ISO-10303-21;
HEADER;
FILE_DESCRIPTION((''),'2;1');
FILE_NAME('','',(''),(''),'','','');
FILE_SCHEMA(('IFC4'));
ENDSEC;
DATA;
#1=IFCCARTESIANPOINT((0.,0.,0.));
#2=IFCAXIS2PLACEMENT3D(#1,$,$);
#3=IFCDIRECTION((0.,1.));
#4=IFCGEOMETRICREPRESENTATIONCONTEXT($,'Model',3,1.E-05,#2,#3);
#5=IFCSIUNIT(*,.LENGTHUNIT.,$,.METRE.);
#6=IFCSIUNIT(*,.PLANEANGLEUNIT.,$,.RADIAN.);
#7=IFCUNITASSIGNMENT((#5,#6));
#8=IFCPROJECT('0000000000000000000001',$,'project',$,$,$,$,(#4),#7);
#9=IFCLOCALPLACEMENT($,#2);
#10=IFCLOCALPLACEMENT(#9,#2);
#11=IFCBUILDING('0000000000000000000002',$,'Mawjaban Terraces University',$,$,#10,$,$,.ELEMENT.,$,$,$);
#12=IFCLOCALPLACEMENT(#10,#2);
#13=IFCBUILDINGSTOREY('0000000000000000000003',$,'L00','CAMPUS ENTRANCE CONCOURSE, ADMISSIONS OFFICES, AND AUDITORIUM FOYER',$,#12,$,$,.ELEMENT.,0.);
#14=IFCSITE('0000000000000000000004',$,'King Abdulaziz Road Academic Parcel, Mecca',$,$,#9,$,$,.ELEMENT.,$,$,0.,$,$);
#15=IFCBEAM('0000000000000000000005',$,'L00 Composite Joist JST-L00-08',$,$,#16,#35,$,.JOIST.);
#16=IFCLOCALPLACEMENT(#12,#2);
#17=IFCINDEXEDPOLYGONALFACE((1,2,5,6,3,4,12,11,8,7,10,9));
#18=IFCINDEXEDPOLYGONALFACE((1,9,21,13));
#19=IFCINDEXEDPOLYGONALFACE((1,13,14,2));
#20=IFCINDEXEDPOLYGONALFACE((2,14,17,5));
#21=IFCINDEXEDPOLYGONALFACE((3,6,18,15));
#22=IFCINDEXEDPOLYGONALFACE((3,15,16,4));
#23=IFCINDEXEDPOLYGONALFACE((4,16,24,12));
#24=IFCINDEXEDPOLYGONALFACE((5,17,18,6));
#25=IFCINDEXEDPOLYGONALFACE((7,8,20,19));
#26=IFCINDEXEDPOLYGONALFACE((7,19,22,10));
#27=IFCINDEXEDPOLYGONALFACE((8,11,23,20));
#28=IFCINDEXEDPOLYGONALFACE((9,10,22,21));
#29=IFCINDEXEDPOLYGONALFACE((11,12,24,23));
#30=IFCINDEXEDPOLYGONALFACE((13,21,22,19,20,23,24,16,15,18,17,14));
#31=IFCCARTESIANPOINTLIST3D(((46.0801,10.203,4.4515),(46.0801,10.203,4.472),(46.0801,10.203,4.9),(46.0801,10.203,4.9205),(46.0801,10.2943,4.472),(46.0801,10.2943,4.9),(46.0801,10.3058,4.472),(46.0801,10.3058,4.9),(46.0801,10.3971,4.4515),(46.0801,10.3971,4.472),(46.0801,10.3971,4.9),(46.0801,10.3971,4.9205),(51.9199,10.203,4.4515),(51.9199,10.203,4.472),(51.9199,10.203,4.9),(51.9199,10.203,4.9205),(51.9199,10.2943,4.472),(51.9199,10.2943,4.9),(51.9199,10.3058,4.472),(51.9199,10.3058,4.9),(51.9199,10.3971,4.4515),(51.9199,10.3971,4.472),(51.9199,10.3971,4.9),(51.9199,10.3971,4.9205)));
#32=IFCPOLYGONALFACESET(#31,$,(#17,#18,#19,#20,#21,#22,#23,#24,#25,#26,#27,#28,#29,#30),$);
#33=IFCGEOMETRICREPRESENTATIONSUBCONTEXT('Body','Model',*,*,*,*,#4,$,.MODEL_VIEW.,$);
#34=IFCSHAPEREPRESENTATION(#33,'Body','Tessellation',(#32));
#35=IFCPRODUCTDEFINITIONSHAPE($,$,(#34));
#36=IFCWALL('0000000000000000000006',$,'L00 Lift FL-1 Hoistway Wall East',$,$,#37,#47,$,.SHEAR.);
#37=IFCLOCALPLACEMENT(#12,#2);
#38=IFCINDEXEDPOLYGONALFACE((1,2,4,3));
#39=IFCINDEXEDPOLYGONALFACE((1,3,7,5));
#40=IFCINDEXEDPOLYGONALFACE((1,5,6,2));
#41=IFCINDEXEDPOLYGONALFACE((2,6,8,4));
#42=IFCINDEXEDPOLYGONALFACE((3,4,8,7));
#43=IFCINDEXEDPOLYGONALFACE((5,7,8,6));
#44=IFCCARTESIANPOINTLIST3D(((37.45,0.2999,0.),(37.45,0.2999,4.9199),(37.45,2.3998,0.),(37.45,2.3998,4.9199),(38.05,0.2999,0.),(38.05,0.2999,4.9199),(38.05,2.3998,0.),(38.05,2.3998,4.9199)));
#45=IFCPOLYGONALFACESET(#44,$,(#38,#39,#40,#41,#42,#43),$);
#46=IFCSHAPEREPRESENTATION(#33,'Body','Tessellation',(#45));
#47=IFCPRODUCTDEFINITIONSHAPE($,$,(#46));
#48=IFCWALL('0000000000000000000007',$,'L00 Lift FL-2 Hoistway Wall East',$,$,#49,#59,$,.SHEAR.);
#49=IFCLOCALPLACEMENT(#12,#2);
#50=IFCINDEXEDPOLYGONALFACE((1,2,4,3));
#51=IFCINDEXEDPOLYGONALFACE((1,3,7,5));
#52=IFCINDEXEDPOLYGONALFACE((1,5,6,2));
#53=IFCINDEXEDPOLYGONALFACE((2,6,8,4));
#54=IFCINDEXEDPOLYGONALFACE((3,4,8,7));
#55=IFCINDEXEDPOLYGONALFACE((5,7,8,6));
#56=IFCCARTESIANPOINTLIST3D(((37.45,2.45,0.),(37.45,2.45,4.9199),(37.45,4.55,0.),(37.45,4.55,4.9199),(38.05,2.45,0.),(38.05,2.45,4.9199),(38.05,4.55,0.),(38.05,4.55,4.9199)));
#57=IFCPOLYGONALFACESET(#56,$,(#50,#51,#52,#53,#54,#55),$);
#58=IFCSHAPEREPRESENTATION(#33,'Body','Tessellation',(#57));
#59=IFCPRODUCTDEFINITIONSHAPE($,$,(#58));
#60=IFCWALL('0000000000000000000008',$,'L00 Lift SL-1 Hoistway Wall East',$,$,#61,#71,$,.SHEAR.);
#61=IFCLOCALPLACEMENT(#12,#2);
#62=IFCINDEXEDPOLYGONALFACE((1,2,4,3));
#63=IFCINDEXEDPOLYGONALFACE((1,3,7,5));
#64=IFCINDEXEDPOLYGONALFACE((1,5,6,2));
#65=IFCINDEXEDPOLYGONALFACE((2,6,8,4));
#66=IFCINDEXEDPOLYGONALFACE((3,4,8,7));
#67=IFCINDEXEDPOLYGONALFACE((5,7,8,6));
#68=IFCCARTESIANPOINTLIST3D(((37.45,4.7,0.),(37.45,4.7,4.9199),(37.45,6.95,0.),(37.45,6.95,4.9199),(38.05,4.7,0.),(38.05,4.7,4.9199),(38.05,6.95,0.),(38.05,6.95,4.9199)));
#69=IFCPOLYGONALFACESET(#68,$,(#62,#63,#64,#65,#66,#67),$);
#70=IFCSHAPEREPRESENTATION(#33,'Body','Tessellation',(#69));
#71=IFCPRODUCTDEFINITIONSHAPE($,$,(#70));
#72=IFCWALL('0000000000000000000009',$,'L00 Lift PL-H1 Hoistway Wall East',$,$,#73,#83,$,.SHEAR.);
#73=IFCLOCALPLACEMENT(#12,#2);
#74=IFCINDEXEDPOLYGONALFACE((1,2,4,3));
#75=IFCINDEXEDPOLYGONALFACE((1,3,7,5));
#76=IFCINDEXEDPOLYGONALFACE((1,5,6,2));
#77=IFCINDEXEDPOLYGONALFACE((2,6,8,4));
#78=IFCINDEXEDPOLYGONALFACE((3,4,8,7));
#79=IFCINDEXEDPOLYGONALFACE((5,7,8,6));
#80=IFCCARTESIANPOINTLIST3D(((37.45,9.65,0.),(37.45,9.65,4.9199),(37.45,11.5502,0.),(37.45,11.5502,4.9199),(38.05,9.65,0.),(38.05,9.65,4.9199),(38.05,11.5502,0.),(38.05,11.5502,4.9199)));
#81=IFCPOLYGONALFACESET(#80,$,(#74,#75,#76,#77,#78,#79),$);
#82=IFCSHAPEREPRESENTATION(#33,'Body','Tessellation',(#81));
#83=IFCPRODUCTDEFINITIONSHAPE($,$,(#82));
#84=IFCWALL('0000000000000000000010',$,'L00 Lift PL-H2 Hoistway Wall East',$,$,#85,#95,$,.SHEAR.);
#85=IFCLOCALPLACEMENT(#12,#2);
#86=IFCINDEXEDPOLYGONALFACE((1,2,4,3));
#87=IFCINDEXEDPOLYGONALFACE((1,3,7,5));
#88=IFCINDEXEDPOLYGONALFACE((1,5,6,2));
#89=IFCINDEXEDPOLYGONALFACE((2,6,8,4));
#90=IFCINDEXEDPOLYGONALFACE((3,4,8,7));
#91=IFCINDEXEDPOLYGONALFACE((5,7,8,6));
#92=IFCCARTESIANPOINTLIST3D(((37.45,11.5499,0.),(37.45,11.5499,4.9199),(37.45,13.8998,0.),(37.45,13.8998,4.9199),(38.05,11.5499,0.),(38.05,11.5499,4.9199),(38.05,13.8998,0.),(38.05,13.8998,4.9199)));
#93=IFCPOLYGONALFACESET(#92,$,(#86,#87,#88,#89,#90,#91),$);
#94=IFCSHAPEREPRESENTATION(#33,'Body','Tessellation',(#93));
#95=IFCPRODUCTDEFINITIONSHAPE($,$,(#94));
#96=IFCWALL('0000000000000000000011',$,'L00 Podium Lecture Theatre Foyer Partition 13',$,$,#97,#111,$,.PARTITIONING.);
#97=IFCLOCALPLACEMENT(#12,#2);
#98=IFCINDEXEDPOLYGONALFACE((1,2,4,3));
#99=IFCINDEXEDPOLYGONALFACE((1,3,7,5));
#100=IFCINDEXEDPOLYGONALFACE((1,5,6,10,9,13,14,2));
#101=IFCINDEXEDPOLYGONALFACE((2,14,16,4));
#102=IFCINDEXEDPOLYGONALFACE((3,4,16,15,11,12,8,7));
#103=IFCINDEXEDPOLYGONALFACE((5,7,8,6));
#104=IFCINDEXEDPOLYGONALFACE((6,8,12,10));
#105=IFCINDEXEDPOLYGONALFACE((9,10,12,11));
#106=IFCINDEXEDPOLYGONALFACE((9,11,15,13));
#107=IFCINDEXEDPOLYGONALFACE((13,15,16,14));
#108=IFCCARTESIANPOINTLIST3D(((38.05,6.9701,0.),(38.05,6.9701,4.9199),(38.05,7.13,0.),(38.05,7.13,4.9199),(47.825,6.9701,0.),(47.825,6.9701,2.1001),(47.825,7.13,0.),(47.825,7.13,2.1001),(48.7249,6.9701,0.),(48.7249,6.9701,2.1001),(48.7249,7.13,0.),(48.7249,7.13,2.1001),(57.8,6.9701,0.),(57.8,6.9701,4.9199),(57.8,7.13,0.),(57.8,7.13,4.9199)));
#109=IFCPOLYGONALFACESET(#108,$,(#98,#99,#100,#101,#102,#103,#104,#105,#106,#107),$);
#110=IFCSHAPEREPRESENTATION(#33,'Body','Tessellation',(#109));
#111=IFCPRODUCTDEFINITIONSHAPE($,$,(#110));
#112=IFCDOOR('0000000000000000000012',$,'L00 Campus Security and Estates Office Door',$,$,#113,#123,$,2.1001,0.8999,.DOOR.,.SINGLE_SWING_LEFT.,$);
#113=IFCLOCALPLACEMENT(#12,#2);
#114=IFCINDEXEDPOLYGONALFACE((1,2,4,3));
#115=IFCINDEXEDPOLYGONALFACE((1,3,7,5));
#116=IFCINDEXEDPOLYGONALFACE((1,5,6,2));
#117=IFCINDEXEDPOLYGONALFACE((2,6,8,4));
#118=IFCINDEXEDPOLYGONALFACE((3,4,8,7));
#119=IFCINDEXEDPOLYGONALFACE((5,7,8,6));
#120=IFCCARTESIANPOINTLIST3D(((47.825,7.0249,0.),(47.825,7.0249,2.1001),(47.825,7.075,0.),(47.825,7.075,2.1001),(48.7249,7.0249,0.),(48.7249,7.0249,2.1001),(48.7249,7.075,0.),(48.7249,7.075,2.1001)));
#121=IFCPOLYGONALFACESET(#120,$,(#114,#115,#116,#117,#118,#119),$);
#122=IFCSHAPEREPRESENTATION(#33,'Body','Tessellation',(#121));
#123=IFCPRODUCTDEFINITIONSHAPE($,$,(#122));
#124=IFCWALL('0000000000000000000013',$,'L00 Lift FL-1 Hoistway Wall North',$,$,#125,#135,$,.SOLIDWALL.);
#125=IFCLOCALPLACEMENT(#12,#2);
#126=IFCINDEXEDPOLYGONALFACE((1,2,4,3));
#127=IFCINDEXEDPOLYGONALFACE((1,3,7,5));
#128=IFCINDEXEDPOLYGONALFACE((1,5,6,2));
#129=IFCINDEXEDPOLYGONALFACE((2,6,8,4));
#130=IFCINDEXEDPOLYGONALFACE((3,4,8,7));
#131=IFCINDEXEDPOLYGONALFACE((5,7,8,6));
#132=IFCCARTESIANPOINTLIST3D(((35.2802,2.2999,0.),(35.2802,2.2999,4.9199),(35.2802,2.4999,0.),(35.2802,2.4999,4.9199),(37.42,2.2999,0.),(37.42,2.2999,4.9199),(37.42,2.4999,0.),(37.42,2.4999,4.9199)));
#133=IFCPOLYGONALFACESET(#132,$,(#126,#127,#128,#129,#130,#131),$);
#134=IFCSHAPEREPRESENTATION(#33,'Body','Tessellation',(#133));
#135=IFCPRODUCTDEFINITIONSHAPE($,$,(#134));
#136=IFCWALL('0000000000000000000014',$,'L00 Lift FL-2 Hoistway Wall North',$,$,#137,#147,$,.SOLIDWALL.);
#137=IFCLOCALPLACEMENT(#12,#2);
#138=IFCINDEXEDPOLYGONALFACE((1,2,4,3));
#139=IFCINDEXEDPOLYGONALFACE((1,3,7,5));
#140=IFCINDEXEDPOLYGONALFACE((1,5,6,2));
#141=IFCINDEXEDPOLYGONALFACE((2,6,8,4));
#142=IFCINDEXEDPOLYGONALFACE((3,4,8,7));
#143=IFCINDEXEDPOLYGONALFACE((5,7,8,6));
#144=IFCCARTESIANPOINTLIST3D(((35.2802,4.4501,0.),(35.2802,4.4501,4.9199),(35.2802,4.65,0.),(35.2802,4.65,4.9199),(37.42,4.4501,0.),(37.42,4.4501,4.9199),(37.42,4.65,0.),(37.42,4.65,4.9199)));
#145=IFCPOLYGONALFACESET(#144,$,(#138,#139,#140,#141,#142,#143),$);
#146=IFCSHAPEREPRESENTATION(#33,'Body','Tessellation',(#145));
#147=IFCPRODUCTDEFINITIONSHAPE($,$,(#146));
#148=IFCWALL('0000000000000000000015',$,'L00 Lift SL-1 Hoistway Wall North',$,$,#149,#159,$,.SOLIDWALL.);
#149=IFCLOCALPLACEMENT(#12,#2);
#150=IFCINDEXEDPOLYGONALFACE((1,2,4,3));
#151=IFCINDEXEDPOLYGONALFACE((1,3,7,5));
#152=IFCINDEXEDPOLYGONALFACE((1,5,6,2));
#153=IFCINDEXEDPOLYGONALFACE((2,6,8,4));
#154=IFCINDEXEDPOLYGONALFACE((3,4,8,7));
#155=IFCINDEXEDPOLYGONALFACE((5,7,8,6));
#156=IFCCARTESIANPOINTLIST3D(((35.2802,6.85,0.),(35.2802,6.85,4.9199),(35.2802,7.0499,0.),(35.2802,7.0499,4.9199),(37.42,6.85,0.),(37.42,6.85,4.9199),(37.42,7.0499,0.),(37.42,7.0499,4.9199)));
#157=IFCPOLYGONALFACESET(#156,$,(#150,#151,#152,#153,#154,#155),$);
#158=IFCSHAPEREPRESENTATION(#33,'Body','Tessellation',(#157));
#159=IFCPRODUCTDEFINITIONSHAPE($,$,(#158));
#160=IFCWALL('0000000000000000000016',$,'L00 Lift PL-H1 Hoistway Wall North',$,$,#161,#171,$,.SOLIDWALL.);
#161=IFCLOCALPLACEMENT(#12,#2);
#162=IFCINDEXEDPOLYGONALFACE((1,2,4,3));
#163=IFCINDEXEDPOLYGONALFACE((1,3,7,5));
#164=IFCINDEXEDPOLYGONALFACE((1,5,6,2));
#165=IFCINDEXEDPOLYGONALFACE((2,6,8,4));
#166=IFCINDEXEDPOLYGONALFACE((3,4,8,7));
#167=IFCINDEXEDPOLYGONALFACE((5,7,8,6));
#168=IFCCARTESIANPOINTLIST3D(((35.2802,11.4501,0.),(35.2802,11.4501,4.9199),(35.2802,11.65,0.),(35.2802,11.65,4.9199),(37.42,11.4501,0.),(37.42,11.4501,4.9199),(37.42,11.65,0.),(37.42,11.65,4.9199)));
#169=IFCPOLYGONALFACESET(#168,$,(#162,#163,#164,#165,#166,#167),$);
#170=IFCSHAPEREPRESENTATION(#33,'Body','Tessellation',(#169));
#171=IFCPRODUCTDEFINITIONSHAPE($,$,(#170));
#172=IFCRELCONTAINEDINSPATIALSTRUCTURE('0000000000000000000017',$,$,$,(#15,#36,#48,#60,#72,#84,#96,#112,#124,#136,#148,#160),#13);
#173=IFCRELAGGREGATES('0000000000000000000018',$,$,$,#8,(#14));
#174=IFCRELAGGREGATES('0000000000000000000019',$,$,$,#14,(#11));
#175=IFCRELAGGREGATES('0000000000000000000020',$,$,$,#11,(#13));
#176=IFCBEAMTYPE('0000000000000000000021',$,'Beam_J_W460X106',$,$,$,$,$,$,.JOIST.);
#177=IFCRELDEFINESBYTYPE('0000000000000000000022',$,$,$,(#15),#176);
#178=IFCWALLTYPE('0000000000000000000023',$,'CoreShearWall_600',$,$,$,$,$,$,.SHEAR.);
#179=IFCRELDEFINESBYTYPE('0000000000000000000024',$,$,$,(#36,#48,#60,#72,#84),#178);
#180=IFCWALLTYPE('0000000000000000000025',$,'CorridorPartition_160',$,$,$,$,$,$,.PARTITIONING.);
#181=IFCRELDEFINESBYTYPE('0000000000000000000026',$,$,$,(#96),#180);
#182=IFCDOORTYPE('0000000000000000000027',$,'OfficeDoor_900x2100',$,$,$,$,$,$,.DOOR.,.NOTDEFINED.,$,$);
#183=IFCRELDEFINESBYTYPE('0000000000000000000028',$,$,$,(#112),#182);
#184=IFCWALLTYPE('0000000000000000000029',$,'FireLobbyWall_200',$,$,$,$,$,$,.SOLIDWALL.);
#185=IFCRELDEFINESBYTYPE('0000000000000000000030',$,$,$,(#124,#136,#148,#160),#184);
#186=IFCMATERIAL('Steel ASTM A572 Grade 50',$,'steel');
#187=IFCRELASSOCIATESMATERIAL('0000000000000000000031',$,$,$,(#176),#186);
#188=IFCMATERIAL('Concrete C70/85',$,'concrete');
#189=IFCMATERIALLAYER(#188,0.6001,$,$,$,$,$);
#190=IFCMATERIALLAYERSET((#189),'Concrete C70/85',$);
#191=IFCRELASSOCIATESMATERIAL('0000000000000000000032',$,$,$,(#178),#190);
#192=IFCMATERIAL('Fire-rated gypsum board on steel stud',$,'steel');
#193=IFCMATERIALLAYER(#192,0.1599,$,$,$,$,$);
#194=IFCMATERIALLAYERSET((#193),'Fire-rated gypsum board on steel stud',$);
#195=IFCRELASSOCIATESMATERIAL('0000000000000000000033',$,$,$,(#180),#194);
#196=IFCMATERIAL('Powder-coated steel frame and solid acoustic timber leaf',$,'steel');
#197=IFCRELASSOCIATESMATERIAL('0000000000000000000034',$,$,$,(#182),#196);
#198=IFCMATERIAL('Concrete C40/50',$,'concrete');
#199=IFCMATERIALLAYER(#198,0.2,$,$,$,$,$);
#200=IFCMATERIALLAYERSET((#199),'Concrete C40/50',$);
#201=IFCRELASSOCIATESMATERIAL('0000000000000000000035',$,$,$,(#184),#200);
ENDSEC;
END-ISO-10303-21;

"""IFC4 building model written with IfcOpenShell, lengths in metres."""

from ifc_helpers import new_model, si_unit, direction, frame, frame_2d, origin, origin_2d, place, context, subcontext, project, spatial, rectangle, i_section, extrude, material, layer, layer_set, material_profile, profile_set, type_object, element, fill, save


model = new_model("IFC4")

# Units and contexts
model_context = context("Model", 3, precision=1e-05, world=origin(), true_north=direction((0.0, 1.0)))
body_context = subcontext(model_context, "Body", "Model", "MODEL_VIEW")
ifc_project = project(units=[si_unit("LENGTHUNIT", "METRE"), si_unit("PLANEANGLEUNIT", "RADIAN")], contexts=[model_context])

# Site, building, storey
site_placement = place(None, origin())
site = spatial("IfcSite", under=ifc_project, at=site_placement, Name="King Abdulaziz Road Academic Parcel, Mecca", CompositionType="ELEMENT", RefElevation=0.0)
building_placement = place(site_placement, origin())
building = spatial("IfcBuilding", under=site, at=building_placement, Name="Mawjaban Terraces University", CompositionType="ELEMENT")
storey_placement = place(building_placement, origin())
storey = spatial("IfcBuildingStorey", under=building, at=storey_placement, Name="L00", Description="CAMPUS ENTRANCE CONCOURSE, ADMISSIONS OFFICES, AND AUDITORIUM FOYER", CompositionType="ELEMENT", Elevation=0.0)

# Shared definitions
ifc_material_1 = material(Name="Concrete C70/85", Category="concrete")

# Beam
ifc_material_2 = material(Name="Steel ASTM A572 Grade 50", Category="steel")
ifc_material_profile_1 = material_profile(ifc_material_2, i_section(OverallWidth=0.1941, OverallDepth=0.469, WebThickness=0.0115, FlangeThickness=0.0205, at=origin_2d()), Name="W460X106")
ifc_profile_set_1 = profile_set([ifc_material_profile_1], Name="Steel ASTM A572 Grade 50")
beam_type_1 = type_object("IfcBeamType", Name="Beam_J_W460X106", PredefinedType="JOIST", material=ifc_profile_set_1)
beam_1_placement = place(storey_placement, frame((46.0801, 10.3, 4.686), z_axis=(1.0, 0.0, 0.0), x_axis=(0.0, 1.0, 0.0)))
element("IfcBeam", 1, at=beam_1_placement, inside=storey, type_object=beam_type_1, Name="L00 Composite Joist JST-L00-08", PredefinedType="JOIST", context=body_context, shape_type="SweptSolid", body=[
    extrude(i_section(OverallWidth=0.1941, OverallDepth=0.469, WebThickness=0.0115, FlangeThickness=0.0205, at=origin_2d()), origin(), (0.0, 0.0, 1.0), 5.8398),
])

# Walls
ifc_layer_1 = layer(ifc_material_1, 0.6001)
ifc_layer_set_1 = layer_set([ifc_layer_1], Name="Concrete C70/85")
wall_type_1 = type_object("IfcWallType", Name="CoreShearWall_600", PredefinedType="SHEAR", material=ifc_layer_set_1)
wall_1_placement = place(storey_placement, frame((37.75, 0.3, 0.0), z_axis=(0.0, 0.0, 1.0), x_axis=(0.0, 1.0, 0.0)))
element("IfcWall", 2, at=wall_1_placement, inside=storey, type_object=wall_type_1, Name="L00 Lift FL-1 Hoistway Wall East", PredefinedType="SHEAR", context=body_context, shape_type="SweptSolid", body=[
    extrude(rectangle(XDim=2.0999, YDim=0.6001, at=frame_2d((1.0498, 0.0))), origin(), (0.0, 0.0, 1.0), 4.9199),
])
wall_2_placement = place(storey_placement, frame((37.75, 2.45, 0.0), z_axis=(0.0, 0.0, 1.0), x_axis=(0.0, 1.0, 0.0)))
element("IfcWall", 3, at=wall_2_placement, inside=storey, type_object=wall_type_1, Name="L00 Lift FL-2 Hoistway Wall East", PredefinedType="SHEAR", context=body_context, shape_type="SweptSolid", body=[
    extrude(rectangle(XDim=2.1001, YDim=0.6001, at=frame_2d((1.05, 0.0))), origin(), (0.0, 0.0, 1.0), 4.9199),
])
wall_3_placement = place(storey_placement, frame((37.75, 4.7, 0.0), z_axis=(0.0, 0.0, 1.0), x_axis=(0.0, 1.0, 0.0)))
element("IfcWall", 4, at=wall_3_placement, inside=storey, type_object=wall_type_1, Name="L00 Lift SL-1 Hoistway Wall East", PredefinedType="SHEAR", context=body_context, shape_type="SweptSolid", body=[
    extrude(rectangle(XDim=2.25, YDim=0.6001, at=frame_2d((1.125, 0.0))), origin(), (0.0, 0.0, 1.0), 4.9199),
])
wall_4_placement = place(storey_placement, frame((37.75, 9.6499, 0.0), z_axis=(0.0, 0.0, 1.0), x_axis=(0.0, 1.0, 0.0)))
element("IfcWall", 5, at=wall_4_placement, inside=storey, type_object=wall_type_1, Name="L00 Lift PL-H1 Hoistway Wall East", PredefinedType="SHEAR", context=body_context, shape_type="SweptSolid", body=[
    extrude(rectangle(XDim=1.9001, YDim=0.6001, at=frame_2d((0.9502, 0.0))), origin(), (0.0, 0.0, 1.0), 4.9199),
])
wall_5_placement = place(storey_placement, frame((37.75, 11.55, 0.0), z_axis=(0.0, 0.0, 1.0), x_axis=(0.0, 1.0, 0.0)))
element("IfcWall", 6, at=wall_5_placement, inside=storey, type_object=wall_type_1, Name="L00 Lift PL-H2 Hoistway Wall East", PredefinedType="SHEAR", context=body_context, shape_type="SweptSolid", body=[
    extrude(rectangle(XDim=2.3499, YDim=0.6001, at=frame_2d((1.1748, 0.0))), origin(), (0.0, 0.0, 1.0), 4.9199),
])

# Wall, opening, door
ifc_material_3 = material(Name="Fire-rated gypsum board on steel stud", Category="steel")
ifc_layer_2 = layer(ifc_material_3, 0.1599)
ifc_layer_set_2 = layer_set([ifc_layer_2], Name="Fire-rated gypsum board on steel stud")
wall_type_2 = type_object("IfcWallType", Name="CorridorPartition_160", PredefinedType="PARTITIONING", material=ifc_layer_set_2)
wall_6_placement = place(storey_placement, frame((38.05, 7.05, 0.0), z_axis=(0.0, 0.0, 1.0), x_axis=(1.0, 0.0, 0.0)))
wall_6 = element("IfcWall", 7, at=wall_6_placement, inside=storey, type_object=wall_type_2, Name="L00 Podium Lecture Theatre Foyer Partition 13", PredefinedType="PARTITIONING", context=body_context, shape_type="SweptSolid", body=[
    extrude(rectangle(XDim=19.75, YDim=0.1599, at=frame_2d((9.875, 0.0))), origin(), (0.0, 0.0, 1.0), 4.9199),
])
opening_placement = place(wall_6_placement, frame((9.7749, 0.0, 0.0)))
opening = element("IfcOpeningElement", 8, at=opening_placement, cuts=wall_6, PredefinedType="OPENING", context=body_context, shape_type="SweptSolid", body=[
    extrude(rectangle(XDim=0.8999, YDim=2.1001, at=frame_2d((0.45, 1.05))), frame((0.0, 0.0898, 0.0), z_axis=(0.0, -1.0, 0.0), x_axis=(1.0, 0.0, 0.0)), (0.0, 0.0, 1.0), 0.1799),
])
ifc_material_4 = material(Name="Powder-coated steel frame and solid acoustic timber leaf", Category="steel")
door_type = type_object("IfcDoorType", Name="OfficeDoor_900x2100", OperationType="NOTDEFINED", PredefinedType="DOOR", material=ifc_material_4)
door_placement = place(opening_placement, origin())
door = element("IfcDoor", 9, at=door_placement, inside=storey, type_object=door_type, Name="L00 Campus Security and Estates Office Door", OperationType="SINGLE_SWING_LEFT", OverallHeight=2.1001, OverallWidth=0.8999, PredefinedType="DOOR", context=body_context, shape_type="SweptSolid", body=[
    extrude(rectangle(XDim=0.8999, YDim=2.1001, at=frame_2d((0.45, 1.05))), frame((0.0, 0.0249, 0.0), z_axis=(0.0, -1.0, 0.0), x_axis=(1.0, 0.0, 0.0)), (0.0, 0.0, 1.0), 0.05),
])
fill(opening, door)

# Walls
ifc_material_5 = material(Name="Concrete C40/50", Category="concrete")
ifc_layer_3 = layer(ifc_material_5, 0.2)
ifc_layer_set_3 = layer_set([ifc_layer_3], Name="Concrete C40/50")
wall_type_3 = type_object("IfcWallType", Name="FireLobbyWall_200", PredefinedType="SOLIDWALL", material=ifc_layer_set_3)
for number, where, z_axis, x_axis, name in (
    (10, (37.4199, 2.3999, 0.0), (0.0, 0.0, 1.0), (-1.0, 0.0, 0.0), "L00 Lift FL-1 Hoistway Wall North"),
    (11, (37.4199, 4.55, 0.0), (0.0, 0.0, 1.0), (-1.0, 0.0, 0.0), "L00 Lift FL-2 Hoistway Wall North"),
    (12, (37.4199, 6.95, 0.0), (0.0, 0.0, 1.0), (-1.0, 0.0, 0.0), "L00 Lift SL-1 Hoistway Wall North"),
    (13, (37.4199, 11.55, 0.0), (0.0, 0.0, 1.0), (-1.0, 0.0, 0.0), "L00 Lift PL-H1 Hoistway Wall North"),
):
    element("IfcWall", number, at=place(storey_placement, frame(where, z_axis=z_axis, x_axis=x_axis)), inside=storey, type_object=wall_type_3, Name=name, PredefinedType="SOLIDWALL", context=body_context, shape_type="SweptSolid", body=[
        extrude(rectangle(XDim=2.1399, YDim=0.2, at=frame_2d((1.0698, 0.0))), origin(), (0.0, 0.0, 1.0), 4.9199),
    ])

save(model, "model.ifc")
